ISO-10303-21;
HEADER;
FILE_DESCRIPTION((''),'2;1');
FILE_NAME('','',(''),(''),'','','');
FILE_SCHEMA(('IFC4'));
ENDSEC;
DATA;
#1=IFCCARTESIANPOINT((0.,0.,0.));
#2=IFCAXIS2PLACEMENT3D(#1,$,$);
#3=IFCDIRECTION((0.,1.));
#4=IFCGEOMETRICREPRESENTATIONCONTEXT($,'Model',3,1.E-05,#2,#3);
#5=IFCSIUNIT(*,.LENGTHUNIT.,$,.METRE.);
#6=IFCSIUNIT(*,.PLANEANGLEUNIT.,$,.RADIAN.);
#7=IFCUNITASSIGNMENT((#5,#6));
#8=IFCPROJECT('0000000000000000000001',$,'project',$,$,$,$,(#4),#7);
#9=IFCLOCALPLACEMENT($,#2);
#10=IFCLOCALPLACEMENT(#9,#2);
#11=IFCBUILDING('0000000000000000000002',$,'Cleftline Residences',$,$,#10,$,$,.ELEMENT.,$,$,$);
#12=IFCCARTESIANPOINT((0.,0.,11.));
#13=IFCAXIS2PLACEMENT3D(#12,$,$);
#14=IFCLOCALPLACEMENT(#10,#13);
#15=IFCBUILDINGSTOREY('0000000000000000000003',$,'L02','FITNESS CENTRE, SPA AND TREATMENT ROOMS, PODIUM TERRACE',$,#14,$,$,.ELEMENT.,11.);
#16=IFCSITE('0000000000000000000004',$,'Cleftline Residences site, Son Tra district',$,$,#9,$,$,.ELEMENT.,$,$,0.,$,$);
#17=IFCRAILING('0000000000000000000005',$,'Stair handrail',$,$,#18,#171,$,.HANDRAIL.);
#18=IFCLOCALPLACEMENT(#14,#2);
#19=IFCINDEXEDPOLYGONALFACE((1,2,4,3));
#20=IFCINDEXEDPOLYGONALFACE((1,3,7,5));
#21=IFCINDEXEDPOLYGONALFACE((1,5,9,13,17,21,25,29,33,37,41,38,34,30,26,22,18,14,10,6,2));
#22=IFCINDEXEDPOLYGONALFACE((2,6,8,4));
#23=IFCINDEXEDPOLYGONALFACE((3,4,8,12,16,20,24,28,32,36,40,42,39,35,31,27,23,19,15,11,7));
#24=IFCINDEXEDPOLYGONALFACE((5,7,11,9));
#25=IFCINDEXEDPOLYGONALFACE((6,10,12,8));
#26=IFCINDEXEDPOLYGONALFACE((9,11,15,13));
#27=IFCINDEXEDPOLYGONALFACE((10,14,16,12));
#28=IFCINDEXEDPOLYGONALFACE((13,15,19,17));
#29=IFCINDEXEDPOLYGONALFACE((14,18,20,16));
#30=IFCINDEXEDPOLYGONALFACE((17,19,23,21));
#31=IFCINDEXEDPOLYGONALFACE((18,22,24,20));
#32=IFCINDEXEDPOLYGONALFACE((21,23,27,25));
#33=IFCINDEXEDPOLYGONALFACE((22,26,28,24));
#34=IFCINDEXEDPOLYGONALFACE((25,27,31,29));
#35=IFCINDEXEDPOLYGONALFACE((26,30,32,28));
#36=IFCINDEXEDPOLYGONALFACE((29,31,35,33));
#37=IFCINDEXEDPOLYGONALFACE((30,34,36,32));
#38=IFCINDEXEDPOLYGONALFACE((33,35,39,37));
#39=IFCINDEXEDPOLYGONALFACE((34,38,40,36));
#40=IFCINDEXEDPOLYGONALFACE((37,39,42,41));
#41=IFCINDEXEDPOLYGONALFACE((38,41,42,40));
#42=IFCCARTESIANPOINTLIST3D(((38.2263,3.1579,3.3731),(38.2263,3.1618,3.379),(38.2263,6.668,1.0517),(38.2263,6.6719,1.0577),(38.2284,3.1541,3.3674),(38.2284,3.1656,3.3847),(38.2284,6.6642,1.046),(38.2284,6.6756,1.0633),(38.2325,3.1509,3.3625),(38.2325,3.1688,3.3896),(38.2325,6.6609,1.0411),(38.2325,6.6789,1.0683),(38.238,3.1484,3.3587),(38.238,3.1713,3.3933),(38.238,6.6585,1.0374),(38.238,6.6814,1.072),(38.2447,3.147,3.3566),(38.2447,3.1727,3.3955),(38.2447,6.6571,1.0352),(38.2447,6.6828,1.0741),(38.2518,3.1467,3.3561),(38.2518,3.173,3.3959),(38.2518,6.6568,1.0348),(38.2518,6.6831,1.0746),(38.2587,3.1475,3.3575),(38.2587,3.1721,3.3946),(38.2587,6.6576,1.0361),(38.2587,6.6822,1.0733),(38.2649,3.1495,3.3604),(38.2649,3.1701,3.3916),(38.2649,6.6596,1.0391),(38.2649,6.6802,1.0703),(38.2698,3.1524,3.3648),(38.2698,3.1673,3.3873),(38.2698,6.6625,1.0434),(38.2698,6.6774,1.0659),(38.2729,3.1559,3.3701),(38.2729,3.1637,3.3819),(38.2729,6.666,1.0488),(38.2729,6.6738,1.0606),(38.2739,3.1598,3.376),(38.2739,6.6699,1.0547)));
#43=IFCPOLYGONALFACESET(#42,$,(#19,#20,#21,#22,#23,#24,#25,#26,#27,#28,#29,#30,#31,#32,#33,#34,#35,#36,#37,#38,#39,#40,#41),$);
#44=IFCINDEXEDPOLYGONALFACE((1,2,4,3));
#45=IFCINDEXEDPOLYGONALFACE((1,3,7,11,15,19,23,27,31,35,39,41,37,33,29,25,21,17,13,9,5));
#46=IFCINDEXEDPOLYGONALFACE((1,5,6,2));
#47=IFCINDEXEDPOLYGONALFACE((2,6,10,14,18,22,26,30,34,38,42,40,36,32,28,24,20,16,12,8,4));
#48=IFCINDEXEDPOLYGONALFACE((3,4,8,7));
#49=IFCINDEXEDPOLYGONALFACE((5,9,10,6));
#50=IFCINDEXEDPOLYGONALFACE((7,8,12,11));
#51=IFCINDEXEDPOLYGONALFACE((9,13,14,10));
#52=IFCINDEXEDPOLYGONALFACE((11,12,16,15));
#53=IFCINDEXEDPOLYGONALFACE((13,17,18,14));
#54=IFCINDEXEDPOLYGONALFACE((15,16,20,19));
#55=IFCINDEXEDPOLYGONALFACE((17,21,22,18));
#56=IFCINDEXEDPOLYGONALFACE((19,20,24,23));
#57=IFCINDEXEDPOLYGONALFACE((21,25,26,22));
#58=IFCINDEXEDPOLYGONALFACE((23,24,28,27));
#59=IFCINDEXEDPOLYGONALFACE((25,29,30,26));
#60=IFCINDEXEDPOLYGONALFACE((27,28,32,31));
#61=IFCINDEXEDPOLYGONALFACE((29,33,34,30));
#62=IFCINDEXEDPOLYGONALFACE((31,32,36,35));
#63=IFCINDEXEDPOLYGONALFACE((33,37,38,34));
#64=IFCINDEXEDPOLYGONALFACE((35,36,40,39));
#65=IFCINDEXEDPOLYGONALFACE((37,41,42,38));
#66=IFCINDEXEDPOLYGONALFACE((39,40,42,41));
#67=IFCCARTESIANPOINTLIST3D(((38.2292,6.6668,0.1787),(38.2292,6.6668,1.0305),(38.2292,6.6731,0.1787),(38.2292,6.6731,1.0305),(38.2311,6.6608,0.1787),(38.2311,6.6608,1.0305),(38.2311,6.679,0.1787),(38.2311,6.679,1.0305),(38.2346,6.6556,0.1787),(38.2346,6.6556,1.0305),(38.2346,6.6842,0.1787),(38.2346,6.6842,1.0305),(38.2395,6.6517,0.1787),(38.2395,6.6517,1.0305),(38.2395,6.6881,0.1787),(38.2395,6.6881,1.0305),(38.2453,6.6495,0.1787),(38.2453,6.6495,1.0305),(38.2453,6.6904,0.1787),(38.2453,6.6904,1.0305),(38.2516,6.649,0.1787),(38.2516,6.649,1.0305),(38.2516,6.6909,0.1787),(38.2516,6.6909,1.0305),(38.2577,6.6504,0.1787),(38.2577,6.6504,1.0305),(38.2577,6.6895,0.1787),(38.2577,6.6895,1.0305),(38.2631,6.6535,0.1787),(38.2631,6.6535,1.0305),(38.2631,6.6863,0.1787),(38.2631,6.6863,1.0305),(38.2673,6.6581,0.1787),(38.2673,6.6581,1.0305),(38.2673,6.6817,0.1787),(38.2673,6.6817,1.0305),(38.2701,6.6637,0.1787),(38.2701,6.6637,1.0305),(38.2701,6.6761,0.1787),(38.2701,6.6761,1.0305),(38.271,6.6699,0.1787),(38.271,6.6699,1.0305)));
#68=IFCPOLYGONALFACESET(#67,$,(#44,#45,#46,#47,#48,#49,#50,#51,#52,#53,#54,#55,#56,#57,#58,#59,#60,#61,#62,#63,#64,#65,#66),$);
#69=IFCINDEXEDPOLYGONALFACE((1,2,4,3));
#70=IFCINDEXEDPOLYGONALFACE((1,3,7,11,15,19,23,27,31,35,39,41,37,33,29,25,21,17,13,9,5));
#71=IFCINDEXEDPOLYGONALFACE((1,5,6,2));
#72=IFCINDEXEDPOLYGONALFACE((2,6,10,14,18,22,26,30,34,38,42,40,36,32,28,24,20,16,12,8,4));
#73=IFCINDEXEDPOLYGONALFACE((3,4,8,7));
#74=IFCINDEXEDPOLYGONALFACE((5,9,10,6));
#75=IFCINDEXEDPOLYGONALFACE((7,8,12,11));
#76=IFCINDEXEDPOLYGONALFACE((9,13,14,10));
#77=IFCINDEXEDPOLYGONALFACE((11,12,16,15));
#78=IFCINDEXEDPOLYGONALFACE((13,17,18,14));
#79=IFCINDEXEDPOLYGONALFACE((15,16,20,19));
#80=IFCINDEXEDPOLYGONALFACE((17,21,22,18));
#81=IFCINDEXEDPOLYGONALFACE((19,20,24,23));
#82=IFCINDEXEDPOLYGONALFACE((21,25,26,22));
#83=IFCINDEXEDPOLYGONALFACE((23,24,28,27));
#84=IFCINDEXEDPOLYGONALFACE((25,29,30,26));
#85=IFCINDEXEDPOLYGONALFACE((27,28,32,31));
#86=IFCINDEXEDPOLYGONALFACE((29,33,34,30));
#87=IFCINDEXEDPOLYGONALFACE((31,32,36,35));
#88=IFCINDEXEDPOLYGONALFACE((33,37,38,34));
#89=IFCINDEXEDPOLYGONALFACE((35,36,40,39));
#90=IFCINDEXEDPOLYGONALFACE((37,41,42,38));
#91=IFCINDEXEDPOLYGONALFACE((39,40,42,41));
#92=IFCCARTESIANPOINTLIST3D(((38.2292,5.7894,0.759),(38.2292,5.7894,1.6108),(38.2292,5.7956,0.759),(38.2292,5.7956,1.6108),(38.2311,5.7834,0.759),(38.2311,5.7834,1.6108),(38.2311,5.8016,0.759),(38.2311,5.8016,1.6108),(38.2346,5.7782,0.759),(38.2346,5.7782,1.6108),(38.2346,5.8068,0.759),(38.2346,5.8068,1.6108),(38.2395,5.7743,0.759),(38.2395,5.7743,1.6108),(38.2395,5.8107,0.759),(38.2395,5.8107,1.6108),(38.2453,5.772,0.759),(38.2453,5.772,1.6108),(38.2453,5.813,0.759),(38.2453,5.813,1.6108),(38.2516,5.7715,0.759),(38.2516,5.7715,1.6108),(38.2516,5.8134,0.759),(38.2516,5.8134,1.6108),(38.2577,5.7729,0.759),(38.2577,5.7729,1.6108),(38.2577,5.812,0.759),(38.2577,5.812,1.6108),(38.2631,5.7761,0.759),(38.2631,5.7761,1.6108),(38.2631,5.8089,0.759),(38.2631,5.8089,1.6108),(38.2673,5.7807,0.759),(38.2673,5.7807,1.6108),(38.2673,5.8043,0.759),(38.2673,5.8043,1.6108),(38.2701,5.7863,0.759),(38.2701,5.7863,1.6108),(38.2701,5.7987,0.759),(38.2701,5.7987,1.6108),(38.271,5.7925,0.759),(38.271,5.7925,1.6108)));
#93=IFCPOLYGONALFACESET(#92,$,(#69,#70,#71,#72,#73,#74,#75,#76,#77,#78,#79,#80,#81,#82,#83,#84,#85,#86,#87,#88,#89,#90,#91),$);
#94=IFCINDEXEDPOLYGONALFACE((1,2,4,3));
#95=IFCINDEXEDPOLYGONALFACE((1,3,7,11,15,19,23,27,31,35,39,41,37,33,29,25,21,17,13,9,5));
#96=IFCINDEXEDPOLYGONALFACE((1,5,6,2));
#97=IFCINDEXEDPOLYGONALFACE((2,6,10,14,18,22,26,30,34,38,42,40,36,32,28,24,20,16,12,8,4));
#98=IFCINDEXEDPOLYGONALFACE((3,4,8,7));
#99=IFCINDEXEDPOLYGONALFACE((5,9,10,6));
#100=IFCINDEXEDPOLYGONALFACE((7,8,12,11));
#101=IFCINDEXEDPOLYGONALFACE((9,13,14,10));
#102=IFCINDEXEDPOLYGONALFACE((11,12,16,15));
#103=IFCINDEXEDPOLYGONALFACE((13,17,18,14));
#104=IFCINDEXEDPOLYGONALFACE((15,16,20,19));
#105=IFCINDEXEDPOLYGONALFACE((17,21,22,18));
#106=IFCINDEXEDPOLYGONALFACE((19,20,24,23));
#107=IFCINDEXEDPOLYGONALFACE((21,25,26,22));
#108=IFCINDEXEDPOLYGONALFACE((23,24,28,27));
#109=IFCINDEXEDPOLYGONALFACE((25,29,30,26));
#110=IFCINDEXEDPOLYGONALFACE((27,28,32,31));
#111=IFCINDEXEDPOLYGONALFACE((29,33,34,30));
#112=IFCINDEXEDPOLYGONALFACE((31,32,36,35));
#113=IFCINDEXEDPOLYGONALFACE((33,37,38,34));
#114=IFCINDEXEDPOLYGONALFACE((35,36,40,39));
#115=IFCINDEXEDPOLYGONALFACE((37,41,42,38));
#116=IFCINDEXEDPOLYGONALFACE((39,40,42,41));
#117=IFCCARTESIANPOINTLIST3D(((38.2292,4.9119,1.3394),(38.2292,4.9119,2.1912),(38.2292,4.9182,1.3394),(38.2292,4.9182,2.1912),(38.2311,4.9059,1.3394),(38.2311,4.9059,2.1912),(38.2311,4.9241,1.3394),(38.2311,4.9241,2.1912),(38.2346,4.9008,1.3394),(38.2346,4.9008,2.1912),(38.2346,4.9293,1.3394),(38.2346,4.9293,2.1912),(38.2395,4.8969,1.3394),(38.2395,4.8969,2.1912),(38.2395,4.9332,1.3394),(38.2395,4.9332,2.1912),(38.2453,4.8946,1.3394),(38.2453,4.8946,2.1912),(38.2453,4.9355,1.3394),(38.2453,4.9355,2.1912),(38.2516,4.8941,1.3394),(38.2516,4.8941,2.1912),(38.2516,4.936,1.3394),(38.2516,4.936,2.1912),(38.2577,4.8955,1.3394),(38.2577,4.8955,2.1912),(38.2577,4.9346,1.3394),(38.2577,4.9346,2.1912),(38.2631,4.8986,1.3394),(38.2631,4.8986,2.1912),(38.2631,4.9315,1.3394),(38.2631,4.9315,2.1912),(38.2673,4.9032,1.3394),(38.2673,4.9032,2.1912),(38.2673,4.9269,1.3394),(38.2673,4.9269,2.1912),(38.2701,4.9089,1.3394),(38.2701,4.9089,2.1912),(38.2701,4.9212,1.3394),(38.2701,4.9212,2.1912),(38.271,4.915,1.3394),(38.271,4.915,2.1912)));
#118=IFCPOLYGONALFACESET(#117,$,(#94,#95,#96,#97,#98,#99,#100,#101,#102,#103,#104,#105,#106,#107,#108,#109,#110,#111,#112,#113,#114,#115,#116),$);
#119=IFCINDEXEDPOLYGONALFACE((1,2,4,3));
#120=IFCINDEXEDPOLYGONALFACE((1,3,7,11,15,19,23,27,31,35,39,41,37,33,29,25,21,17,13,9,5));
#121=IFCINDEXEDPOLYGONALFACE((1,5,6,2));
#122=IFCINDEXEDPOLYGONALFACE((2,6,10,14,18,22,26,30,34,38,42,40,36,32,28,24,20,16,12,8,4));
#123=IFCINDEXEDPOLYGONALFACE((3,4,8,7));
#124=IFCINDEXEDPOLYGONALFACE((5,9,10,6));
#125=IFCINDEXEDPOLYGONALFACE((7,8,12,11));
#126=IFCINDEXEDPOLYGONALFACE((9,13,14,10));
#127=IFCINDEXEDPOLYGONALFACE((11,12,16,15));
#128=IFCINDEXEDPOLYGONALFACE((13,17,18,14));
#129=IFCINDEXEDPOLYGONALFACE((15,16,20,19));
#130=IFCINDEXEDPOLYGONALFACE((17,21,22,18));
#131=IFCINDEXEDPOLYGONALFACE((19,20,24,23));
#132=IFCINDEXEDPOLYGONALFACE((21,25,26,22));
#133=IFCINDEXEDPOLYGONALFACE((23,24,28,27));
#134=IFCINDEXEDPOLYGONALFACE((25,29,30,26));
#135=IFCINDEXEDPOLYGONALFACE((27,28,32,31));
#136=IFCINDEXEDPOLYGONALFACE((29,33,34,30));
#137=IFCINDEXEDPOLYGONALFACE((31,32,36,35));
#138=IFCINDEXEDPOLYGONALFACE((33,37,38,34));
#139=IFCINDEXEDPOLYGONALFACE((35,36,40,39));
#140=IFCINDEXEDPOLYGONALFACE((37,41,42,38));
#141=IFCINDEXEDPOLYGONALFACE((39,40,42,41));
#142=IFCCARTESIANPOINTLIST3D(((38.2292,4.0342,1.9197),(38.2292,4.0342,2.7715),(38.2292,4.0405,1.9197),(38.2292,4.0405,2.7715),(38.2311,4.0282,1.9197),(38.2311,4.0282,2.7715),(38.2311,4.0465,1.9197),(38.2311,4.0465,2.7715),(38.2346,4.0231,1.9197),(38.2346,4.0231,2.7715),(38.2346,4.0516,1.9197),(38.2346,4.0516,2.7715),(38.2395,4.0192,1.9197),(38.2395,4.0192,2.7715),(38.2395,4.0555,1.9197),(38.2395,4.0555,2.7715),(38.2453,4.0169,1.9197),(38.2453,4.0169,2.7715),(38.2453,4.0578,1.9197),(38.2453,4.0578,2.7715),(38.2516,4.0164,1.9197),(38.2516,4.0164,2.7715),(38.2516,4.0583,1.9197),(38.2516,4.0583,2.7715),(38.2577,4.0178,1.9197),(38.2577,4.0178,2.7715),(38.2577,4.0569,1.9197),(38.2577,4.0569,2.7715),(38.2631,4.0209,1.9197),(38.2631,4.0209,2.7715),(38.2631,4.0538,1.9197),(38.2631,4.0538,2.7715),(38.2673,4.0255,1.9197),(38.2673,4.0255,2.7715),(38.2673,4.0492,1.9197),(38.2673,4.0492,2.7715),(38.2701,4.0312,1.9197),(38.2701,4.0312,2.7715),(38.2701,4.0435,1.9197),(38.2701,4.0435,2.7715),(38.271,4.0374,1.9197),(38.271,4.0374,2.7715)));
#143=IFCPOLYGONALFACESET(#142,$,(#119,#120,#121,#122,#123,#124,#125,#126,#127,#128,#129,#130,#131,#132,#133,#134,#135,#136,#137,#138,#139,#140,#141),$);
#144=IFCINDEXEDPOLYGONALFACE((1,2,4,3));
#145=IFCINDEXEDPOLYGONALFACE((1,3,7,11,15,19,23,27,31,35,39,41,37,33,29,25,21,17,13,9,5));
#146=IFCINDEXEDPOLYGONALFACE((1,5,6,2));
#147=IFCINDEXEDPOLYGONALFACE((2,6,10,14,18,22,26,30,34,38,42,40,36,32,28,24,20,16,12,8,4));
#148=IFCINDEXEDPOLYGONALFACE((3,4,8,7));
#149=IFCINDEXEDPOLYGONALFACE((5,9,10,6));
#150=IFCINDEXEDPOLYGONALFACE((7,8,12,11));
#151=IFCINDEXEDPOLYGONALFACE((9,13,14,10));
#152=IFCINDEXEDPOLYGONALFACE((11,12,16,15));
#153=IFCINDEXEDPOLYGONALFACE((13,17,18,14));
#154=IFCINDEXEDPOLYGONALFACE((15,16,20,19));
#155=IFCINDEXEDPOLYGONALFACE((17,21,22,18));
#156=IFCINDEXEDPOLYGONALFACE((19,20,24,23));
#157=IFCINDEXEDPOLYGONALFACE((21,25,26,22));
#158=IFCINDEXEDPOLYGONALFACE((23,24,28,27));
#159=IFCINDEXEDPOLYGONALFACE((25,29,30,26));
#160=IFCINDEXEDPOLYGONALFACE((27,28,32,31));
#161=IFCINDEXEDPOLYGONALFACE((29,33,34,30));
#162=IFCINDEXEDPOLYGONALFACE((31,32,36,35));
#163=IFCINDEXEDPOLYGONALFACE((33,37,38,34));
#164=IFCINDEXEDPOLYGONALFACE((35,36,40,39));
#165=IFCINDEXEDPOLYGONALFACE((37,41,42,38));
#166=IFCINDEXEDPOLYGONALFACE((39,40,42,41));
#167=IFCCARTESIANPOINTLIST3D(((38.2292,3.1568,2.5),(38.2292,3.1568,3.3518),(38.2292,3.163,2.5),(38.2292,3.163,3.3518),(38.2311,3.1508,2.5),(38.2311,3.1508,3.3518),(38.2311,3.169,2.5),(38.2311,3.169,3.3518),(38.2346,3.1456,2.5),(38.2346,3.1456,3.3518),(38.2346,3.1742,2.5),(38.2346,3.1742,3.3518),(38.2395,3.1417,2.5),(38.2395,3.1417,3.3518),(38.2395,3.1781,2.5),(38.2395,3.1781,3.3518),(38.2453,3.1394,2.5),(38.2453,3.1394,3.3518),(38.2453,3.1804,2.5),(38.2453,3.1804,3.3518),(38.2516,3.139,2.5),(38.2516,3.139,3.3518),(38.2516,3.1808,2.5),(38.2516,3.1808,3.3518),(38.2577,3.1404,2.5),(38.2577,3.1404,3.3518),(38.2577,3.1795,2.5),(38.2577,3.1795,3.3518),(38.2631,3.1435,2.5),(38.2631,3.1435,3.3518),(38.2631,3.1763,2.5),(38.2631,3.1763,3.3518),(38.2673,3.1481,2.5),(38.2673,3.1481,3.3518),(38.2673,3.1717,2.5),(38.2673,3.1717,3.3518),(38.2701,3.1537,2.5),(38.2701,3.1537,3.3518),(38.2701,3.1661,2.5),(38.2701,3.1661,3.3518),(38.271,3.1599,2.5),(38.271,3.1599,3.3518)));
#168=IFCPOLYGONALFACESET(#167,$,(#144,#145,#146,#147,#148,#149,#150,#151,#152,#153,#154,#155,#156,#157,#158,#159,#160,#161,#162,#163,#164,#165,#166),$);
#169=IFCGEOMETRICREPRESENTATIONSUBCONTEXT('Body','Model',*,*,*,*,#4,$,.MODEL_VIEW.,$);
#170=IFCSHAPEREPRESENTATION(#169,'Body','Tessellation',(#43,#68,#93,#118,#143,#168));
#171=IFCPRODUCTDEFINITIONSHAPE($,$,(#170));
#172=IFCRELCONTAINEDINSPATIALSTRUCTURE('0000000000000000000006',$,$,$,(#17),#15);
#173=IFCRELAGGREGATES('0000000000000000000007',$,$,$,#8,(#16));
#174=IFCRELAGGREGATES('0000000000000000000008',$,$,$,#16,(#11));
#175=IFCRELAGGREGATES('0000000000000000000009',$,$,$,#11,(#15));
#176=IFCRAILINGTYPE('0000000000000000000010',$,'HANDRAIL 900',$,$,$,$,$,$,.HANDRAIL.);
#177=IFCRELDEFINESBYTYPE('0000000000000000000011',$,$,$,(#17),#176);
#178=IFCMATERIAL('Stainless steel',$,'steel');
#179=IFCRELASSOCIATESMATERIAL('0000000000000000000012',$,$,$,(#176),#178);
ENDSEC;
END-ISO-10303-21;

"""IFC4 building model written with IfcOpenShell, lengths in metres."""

from ifc_helpers import new_model, si_unit, direction, frame, origin, origin_2d, place, context, subcontext, project, spatial, circle, extrude, material, type_object, element, save


model = new_model("IFC4")

# Units and contexts
model_context = context("Model", 3, precision=1e-05, world=origin(), true_north=direction((0.0, 1.0)))
body_context = subcontext(model_context, "Body", "Model", "MODEL_VIEW")
ifc_project = project(units=[si_unit("LENGTHUNIT", "METRE"), si_unit("PLANEANGLEUNIT", "RADIAN")], contexts=[model_context])

# Site, building, storey
site_placement = place(None, origin())
site = spatial("IfcSite", under=ifc_project, at=site_placement, Name="Cleftline Residences site, Son Tra district", CompositionType="ELEMENT", RefElevation=0.0)
building_placement = place(site_placement, origin())
building = spatial("IfcBuilding", under=site, at=building_placement, Name="Cleftline Residences", CompositionType="ELEMENT")
storey_placement = place(building_placement, frame((0.0, 0.0, 11.0)))
storey = spatial("IfcBuildingStorey", under=building, at=storey_placement, Name="L02", Description="FITNESS CENTRE, SPA AND TREATMENT ROOMS, PODIUM TERRACE", CompositionType="ELEMENT", Elevation=11.0)

# Railing
ifc_material_1 = material(Name="Stainless steel", Category="steel")
railing_type = type_object("IfcRailingType", Name="HANDRAIL 900", PredefinedType="HANDRAIL", material=ifc_material_1)
railing_1_placement = place(storey_placement, frame((38.25, 6.6699, 0.1787)))
element("IfcRailing", 1, at=railing_1_placement, inside=storey, type_object=railing_type, Name="Stair handrail", PredefinedType="HANDRAIL", context=body_context, shape_type="SweptSolid", body=[
    extrude(circle(Radius=0.0239, at=origin_2d()), frame((0.0, 0.0, 0.876), z_axis=(0.0, -0.834097, 0.551617), x_axis=(1.0, 0.0, 0.0)), (0.0, 0.0, 1.0), 4.2083),
    extrude(circle(Radius=0.021, at=origin_2d()), origin(), (0.0, 0.0, 1.0), 0.8518),
    extrude(circle(Radius=0.021, at=origin_2d()), frame((0.0, -0.8774, 0.5803)), (0.0, 0.0, 1.0), 0.8518),
    extrude(circle(Radius=0.021, at=origin_2d()), frame((0.0, -1.7549, 1.1606)), (0.0, 0.0, 1.0), 0.8518),
    extrude(circle(Radius=0.021, at=origin_2d()), frame((0.0, -2.6326, 1.741)), (0.0, 0.0, 1.0), 0.8518),
    extrude(circle(Radius=0.021, at=origin_2d()), frame((0.0, -3.51, 2.3213)), (0.0, 0.0, 1.0), 0.8518),
])

save(model, "model.ifc")
